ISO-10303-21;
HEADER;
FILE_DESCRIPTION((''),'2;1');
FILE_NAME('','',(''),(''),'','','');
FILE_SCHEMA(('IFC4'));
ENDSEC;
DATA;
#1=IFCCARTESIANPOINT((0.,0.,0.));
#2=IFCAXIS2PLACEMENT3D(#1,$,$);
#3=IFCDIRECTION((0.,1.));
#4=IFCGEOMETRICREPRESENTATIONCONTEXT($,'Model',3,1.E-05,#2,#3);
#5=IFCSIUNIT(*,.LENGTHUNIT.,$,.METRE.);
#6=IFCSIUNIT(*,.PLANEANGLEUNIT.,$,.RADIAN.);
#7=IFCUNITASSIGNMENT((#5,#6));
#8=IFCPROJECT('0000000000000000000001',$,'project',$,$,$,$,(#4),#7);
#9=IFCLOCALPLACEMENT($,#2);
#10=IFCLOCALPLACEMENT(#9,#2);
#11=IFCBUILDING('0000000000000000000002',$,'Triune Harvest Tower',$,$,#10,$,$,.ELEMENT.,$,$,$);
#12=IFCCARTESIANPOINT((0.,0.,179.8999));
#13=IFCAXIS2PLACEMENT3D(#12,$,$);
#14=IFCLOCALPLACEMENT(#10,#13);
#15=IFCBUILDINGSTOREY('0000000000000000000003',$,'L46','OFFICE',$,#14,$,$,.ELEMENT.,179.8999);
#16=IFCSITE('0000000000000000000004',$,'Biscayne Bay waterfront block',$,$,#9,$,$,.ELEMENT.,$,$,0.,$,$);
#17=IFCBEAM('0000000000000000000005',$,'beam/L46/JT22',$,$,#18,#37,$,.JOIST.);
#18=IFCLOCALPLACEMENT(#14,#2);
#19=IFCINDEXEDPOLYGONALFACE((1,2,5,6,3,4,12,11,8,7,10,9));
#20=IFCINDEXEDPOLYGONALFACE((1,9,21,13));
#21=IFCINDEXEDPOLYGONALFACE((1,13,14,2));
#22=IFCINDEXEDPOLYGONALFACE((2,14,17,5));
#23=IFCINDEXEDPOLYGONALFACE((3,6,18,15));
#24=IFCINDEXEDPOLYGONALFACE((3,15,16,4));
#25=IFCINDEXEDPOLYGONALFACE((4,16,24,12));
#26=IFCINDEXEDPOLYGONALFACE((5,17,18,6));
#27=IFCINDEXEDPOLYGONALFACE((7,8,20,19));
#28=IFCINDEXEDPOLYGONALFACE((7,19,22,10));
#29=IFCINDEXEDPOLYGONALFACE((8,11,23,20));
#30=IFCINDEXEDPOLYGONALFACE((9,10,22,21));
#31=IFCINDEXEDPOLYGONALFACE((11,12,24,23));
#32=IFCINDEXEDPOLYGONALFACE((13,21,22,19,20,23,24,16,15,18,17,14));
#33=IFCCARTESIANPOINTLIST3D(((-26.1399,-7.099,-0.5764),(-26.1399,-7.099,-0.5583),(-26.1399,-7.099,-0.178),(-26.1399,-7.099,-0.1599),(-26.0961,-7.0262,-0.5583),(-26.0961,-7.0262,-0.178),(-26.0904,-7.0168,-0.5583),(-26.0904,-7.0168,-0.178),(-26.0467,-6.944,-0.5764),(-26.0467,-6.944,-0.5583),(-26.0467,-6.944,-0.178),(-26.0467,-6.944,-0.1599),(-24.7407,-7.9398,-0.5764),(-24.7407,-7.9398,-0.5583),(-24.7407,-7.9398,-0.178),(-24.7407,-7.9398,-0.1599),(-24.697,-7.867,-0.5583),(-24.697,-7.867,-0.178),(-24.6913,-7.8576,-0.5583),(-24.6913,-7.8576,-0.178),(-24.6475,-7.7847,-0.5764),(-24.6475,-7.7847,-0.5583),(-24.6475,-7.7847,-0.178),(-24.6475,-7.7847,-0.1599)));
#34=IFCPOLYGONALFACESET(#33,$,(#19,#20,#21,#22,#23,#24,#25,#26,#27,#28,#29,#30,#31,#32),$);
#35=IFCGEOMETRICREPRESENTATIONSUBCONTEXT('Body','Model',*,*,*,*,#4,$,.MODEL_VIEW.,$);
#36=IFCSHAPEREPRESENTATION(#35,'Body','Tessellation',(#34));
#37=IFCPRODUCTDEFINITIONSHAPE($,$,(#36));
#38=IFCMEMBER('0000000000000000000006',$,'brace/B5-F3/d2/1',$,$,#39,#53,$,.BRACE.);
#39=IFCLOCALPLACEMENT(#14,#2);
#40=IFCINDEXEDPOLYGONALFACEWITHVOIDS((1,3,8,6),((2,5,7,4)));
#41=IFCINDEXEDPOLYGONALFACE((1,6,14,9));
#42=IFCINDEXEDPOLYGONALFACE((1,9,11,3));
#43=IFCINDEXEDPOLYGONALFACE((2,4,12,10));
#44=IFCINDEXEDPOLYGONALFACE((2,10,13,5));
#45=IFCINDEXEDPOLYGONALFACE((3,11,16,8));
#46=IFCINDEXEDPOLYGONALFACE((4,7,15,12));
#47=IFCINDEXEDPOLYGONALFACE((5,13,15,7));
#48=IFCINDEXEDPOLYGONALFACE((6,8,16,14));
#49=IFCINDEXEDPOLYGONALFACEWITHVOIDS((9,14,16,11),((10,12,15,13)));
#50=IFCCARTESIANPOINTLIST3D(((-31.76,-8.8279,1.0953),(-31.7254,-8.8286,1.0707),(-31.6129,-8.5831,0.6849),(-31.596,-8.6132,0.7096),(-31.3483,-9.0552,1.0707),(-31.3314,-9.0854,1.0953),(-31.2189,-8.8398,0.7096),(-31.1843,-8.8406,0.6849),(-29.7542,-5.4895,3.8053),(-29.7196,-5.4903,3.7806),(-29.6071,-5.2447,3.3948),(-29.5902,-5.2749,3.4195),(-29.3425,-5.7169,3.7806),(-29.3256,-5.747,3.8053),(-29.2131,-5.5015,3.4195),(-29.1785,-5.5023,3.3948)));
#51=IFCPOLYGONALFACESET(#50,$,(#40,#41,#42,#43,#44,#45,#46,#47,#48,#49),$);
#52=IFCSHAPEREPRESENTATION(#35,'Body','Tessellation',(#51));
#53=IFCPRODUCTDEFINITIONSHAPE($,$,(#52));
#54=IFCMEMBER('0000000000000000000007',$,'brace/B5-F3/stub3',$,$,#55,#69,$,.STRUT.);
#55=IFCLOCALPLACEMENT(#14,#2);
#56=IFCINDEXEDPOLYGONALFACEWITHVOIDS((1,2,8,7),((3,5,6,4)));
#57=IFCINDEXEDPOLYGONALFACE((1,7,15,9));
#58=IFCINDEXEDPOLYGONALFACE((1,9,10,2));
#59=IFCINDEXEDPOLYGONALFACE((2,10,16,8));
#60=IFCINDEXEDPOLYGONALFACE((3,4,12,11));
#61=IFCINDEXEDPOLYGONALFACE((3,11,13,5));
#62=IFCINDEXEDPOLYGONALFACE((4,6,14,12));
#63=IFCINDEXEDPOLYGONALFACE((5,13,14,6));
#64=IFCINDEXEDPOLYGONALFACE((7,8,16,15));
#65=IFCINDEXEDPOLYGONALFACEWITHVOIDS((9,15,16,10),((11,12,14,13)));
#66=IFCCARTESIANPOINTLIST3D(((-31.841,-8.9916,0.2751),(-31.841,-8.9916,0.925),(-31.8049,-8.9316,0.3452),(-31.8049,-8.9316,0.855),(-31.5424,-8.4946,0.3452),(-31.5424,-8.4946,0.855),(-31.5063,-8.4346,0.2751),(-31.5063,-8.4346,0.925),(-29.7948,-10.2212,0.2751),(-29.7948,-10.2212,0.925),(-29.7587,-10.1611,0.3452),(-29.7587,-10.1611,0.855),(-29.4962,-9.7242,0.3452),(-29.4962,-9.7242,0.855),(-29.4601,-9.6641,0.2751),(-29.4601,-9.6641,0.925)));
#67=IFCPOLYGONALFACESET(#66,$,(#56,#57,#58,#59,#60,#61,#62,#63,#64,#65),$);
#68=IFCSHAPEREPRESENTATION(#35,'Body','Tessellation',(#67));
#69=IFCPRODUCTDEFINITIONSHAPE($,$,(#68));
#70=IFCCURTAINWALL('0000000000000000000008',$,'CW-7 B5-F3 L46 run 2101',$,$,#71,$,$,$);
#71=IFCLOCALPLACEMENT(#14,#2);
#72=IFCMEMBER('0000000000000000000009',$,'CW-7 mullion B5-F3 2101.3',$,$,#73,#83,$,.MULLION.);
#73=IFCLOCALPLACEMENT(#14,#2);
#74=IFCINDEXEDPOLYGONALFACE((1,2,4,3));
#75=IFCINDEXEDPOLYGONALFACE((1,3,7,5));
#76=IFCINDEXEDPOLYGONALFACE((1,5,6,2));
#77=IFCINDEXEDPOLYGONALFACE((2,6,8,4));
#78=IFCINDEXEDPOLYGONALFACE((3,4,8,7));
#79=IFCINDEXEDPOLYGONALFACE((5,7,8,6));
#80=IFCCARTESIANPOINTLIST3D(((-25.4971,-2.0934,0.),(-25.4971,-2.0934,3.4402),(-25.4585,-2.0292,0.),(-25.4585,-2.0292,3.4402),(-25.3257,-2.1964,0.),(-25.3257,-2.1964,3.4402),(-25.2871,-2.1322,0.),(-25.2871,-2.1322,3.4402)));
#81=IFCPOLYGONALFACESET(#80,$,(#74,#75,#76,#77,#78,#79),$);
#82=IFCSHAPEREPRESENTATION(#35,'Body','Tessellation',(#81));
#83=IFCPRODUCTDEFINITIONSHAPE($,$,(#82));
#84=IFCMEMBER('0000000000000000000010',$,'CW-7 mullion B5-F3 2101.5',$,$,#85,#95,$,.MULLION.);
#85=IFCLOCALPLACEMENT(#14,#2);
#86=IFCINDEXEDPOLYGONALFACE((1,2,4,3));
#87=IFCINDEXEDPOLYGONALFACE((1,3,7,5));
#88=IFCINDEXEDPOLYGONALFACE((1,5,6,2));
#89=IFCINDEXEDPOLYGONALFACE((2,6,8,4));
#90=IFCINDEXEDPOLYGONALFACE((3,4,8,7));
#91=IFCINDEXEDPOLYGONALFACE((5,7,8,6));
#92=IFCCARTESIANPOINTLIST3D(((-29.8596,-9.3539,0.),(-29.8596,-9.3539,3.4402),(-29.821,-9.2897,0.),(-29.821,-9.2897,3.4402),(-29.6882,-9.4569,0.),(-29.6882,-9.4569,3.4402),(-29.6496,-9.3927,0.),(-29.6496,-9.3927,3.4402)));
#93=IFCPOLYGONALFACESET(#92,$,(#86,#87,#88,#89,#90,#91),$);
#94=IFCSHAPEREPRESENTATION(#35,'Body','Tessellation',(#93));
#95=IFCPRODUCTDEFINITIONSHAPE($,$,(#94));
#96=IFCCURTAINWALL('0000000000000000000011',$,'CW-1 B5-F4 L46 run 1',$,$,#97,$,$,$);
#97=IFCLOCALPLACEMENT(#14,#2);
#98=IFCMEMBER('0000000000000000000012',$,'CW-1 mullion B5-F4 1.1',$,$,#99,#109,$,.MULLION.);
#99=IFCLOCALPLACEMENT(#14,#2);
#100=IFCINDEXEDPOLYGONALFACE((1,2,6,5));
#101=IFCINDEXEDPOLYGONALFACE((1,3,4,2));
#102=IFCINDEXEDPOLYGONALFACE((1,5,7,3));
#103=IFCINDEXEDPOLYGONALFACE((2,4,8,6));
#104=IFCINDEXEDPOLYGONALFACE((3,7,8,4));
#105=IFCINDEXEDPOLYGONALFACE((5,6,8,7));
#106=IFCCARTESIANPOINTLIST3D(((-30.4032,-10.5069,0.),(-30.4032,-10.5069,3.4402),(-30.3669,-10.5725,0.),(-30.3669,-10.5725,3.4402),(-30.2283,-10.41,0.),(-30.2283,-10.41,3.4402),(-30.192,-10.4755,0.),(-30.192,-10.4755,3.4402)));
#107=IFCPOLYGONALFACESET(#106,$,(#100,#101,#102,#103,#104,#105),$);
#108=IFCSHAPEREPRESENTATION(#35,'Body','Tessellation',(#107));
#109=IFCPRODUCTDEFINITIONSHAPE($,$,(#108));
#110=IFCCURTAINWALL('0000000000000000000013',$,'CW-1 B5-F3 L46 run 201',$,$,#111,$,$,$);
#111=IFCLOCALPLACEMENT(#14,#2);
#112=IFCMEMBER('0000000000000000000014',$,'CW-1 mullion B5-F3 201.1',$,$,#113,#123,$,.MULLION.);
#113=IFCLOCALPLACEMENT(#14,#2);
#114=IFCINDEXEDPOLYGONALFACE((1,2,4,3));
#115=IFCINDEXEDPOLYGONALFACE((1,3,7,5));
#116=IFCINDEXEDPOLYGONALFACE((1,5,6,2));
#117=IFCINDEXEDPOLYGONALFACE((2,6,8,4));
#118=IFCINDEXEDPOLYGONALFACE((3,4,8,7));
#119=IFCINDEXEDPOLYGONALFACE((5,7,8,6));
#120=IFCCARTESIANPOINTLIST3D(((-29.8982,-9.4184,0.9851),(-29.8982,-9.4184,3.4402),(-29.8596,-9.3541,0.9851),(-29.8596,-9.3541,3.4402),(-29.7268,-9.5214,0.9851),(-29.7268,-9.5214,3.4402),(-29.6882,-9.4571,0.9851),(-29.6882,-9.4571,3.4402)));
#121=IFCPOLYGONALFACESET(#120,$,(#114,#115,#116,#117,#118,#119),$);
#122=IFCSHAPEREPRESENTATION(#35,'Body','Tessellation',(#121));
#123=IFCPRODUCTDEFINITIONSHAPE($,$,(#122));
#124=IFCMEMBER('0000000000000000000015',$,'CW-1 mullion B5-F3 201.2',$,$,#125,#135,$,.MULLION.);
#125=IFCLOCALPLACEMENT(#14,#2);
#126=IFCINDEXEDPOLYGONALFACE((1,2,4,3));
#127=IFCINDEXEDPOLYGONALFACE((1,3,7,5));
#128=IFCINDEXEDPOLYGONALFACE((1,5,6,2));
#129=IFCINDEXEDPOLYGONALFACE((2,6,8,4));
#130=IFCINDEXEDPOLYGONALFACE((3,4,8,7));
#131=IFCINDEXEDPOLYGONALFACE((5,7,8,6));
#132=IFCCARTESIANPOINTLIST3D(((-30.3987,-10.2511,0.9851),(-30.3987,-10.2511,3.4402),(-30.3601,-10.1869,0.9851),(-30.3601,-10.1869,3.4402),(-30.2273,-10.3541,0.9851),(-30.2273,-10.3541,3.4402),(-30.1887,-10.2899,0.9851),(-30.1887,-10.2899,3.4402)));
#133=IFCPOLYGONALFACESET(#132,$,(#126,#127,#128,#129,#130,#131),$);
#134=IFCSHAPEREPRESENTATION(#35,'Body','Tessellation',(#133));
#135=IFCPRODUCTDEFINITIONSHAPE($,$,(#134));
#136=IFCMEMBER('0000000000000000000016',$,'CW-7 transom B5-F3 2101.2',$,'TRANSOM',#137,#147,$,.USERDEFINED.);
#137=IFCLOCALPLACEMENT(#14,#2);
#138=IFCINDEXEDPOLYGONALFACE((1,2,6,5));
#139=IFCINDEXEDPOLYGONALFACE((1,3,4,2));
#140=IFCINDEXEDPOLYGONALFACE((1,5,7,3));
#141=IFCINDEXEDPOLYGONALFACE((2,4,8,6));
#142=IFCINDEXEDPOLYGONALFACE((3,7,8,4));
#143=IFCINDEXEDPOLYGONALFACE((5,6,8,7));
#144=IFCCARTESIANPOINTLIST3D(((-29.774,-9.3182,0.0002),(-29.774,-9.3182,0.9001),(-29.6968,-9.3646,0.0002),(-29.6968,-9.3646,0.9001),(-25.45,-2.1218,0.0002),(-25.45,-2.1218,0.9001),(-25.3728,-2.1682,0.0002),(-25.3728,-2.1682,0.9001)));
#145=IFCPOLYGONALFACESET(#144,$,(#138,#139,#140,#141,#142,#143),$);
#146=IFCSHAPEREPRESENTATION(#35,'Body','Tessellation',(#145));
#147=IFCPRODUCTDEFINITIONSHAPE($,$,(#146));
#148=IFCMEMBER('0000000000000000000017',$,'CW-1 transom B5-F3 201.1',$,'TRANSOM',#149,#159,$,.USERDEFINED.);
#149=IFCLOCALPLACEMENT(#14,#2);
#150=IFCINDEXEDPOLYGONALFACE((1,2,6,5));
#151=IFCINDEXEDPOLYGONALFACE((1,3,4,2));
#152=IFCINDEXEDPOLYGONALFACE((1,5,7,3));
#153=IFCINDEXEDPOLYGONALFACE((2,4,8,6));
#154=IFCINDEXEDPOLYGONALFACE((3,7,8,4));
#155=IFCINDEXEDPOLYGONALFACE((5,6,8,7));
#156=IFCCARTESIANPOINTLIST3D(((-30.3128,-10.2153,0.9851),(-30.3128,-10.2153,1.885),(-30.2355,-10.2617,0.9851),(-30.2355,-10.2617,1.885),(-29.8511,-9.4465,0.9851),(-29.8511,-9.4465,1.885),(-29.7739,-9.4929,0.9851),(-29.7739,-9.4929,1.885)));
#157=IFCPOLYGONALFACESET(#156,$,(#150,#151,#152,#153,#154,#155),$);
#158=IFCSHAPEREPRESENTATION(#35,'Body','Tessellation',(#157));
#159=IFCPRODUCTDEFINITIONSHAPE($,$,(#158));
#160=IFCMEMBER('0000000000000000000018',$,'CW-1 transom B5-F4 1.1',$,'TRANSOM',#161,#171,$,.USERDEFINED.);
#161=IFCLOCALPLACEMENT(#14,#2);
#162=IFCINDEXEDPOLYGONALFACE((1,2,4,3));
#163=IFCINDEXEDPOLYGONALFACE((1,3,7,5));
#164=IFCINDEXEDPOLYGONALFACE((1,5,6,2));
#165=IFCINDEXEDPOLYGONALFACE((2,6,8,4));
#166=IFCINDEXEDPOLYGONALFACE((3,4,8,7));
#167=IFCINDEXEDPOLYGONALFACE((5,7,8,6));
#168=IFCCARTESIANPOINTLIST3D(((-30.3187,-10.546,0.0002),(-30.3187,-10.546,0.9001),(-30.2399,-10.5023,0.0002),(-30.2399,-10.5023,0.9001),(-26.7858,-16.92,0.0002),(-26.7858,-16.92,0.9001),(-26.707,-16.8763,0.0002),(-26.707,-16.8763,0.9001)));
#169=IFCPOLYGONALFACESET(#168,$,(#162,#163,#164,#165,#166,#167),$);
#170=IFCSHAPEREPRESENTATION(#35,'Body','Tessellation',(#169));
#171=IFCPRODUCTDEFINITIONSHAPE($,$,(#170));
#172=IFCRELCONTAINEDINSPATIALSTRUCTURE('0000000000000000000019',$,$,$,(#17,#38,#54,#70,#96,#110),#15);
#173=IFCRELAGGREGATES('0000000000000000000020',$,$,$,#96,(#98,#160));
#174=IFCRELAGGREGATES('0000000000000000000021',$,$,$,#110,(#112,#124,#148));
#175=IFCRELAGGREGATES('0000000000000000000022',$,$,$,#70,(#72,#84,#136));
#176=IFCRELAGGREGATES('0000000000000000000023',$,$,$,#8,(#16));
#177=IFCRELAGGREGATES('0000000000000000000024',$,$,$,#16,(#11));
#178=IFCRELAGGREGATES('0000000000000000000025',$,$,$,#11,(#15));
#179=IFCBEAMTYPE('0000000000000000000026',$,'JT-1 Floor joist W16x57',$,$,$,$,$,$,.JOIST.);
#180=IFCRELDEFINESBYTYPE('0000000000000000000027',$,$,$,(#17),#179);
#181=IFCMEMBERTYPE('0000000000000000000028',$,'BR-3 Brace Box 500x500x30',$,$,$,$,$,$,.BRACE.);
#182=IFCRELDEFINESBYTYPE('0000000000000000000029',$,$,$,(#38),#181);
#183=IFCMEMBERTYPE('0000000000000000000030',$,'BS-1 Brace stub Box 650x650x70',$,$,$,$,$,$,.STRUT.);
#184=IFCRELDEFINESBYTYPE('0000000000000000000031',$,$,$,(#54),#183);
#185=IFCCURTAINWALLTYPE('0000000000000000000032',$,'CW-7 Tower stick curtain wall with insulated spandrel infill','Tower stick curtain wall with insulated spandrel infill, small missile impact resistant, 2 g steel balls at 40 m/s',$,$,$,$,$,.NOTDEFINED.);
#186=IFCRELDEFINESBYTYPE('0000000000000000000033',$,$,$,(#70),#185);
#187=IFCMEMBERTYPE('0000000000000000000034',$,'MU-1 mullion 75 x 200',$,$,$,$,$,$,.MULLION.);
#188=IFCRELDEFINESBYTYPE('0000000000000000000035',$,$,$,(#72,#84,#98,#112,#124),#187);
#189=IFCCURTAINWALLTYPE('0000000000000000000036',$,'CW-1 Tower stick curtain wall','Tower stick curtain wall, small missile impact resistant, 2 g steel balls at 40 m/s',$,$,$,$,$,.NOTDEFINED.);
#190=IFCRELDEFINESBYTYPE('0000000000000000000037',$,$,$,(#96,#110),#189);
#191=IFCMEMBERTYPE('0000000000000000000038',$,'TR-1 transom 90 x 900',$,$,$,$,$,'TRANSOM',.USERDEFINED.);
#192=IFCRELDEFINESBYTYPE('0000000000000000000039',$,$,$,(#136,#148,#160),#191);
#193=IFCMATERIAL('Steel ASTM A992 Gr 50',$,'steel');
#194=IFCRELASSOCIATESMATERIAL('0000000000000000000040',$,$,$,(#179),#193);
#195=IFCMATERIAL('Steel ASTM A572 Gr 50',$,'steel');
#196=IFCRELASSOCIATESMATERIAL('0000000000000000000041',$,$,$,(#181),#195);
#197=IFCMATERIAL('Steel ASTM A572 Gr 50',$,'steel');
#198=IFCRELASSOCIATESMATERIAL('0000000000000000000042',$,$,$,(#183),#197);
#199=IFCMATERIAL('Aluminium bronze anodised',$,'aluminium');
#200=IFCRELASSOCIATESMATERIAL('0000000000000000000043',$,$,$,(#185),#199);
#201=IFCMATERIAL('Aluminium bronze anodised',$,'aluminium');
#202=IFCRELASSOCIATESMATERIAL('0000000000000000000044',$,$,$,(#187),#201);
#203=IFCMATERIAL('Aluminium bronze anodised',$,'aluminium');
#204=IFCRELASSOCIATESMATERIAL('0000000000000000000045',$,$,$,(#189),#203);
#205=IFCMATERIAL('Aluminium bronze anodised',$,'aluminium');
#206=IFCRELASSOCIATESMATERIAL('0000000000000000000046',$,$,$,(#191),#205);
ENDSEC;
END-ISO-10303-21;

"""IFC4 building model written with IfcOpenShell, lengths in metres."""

from ifc_helpers import new_model, si_unit, direction, frame, origin, origin_2d, place, context, subcontext, project, spatial, rectangle, hollow_rectangle, i_section, extrude, source, transform, mapped, material, material_profile, profile_set, type_object, element, aggregate, save


model = new_model("IFC4")

# Units and contexts
model_context = context("Model", 3, precision=1e-05, world=origin(), true_north=direction((0.0, 1.0)))
body_context = subcontext(model_context, "Body", "Model", "MODEL_VIEW")
ifc_project = project(units=[si_unit("LENGTHUNIT", "METRE"), si_unit("PLANEANGLEUNIT", "RADIAN")], contexts=[model_context])

# Site, building, storey
site_placement = place(None, origin())
site = spatial("IfcSite", under=ifc_project, at=site_placement, Name="Biscayne Bay waterfront block", CompositionType="ELEMENT", RefElevation=0.0)
building_placement = place(site_placement, origin())
building = spatial("IfcBuilding", under=site, at=building_placement, Name="Triune Harvest Tower", CompositionType="ELEMENT")
storey_placement = place(building_placement, frame((0.0, 0.0, 179.8999)))
storey = spatial("IfcBuildingStorey", under=building, at=storey_placement, Name="L46", Description="OFFICE", CompositionType="ELEMENT", Elevation=179.8999)

# Beam
ifc_material_1 = material(Name="Steel ASTM A992 Gr 50", Category="steel")
ifc_material_profile_1 = material_profile(ifc_material_1, i_section(OverallWidth=0.1809, OverallDepth=0.4165, WebThickness=0.011, FlangeThickness=0.0181, at=origin_2d()), Name="W16x57")
ifc_profile_set_1 = profile_set([ifc_material_profile_1], Name="Steel ASTM A992 Gr 50")
beam_type_1 = type_object("IfcBeamType", Name="JT-1 Floor joist W16x57", PredefinedType="JOIST", material=ifc_profile_set_1)
shared_shape_1 = source(origin(), body_context, "Body", "SweptSolid", [
    extrude(i_section(OverallWidth=0.1809, OverallDepth=0.4165, WebThickness=0.011, FlangeThickness=0.0181, at=origin_2d()), origin(), (0.0, 0.0, 1.0), 1.6323),
])
beam_1_placement = place(storey_placement, frame((-26.0933, -7.0215, -0.3682), z_axis=(0.857136, -0.515089, 0.0), x_axis=(0.515089, 0.857136, 0.0)))
element("IfcBeam", 1, at=beam_1_placement, inside=storey, type_object=beam_type_1, Name="beam/L46/JT22", PredefinedType="JOIST", context=body_context, shape_type="MappedRepresentation", body=[
    mapped(shared_shape_1, transform((0.0, 0.0, 0.0), scale=1.0)),
])

# Members
ifc_material_2 = material(Name="Steel ASTM A572 Gr 50", Category="steel")
ifc_material_profile_2 = material_profile(ifc_material_2, hollow_rectangle(XDim=0.5, YDim=0.5, WallThickness=0.03, at=origin_2d()), Name="Box 500x500x30")
ifc_profile_set_2 = profile_set([ifc_material_profile_2], Name="Steel ASTM A572 Gr 50")
member_type_1 = type_object("IfcMemberType", Name="BR-3 Brace Box 500x500x30", PredefinedType="BRACE", material=ifc_profile_set_2)
shared_shape_2 = source(origin(), body_context, "Body", "SweptSolid", [
    extrude(hollow_rectangle(XDim=0.5, YDim=0.5, WallThickness=0.03, at=origin_2d()), origin(), (0.0, 0.0, 1.0), 4.7446),
])
member_1_placement = place(storey_placement, frame((-31.4722, -8.8342, 0.8901), z_axis=(0.422758, 0.703602, 0.571156), x_axis=(-0.857172, 0.51503, 0.0)))
element("IfcMember", 2, at=member_1_placement, inside=storey, type_object=member_type_1, Name="brace/B5-F3/d2/1", PredefinedType="BRACE", context=body_context, shape_type="MappedRepresentation", body=[
    mapped(shared_shape_2, transform((0.0, 0.0, 0.0), scale=1.0)),
])
ifc_material_3 = material(Name="Steel ASTM A572 Gr 50", Category="steel")
ifc_material_profile_3 = material_profile(ifc_material_3, hollow_rectangle(XDim=0.6499, YDim=0.6499, WallThickness=0.0701, at=origin_2d()), Name="Box 650x650x70")
ifc_profile_set_3 = profile_set([ifc_material_profile_3], Name="Steel ASTM A572 Gr 50")
member_type_2 = type_object("IfcMemberType", Name="BS-1 Brace stub Box 650x650x70", PredefinedType="STRUT", material=ifc_profile_set_3)
shared_shape_3 = source(origin(), body_context, "Body", "SweptSolid", [
    extrude(hollow_rectangle(XDim=0.6499, YDim=0.6499, WallThickness=0.0701, at=origin_2d()), origin(), (0.0, 0.0, 1.0), 2.3872),
])
member_2_placement = place(storey_placement, frame((-29.6274, -9.9426, 0.6001), z_axis=(-0.857159, 0.515052, 0.0), x_axis=(-0.515052, -0.857159, 0.0)))
element("IfcMember", 3, at=member_2_placement, inside=storey, type_object=member_type_2, Name="brace/B5-F3/stub3", PredefinedType="STRUT", context=body_context, shape_type="MappedRepresentation", body=[
    mapped(shared_shape_3, transform((0.0, 0.0, 0.0), scale=1.0)),
])

# Curtain wall, members
ifc_material_4 = material(Name="Aluminium bronze anodised", Category="aluminium")
curtain_wall_type_1 = type_object("IfcCurtainWallType", Name="CW-7 Tower stick curtain wall with insulated spandrel infill", Description="Tower stick curtain wall with insulated spandrel infill, small missile impact resistant, 2 g steel balls at 40 m/s", PredefinedType="NOTDEFINED", material=ifc_material_4)
curtain_wall_1_placement = place(storey_placement, origin())
curtain_wall_1 = element("IfcCurtainWall", 4, at=curtain_wall_1_placement, inside=storey, type_object=curtain_wall_type_1, Name="CW-7 B5-F3 L46 run 2101")
ifc_material_5 = material(Name="Aluminium bronze anodised", Category="aluminium")
ifc_material_profile_4 = material_profile(ifc_material_5, rectangle(XDim=0.2, YDim=0.075, at=origin_2d()), Name="MU-1 mullion 75 x 200")
ifc_profile_set_4 = profile_set([ifc_material_profile_4], Name="Aluminium bronze anodised")
member_type_3 = type_object("IfcMemberType", Name="MU-1 mullion 75 x 200", PredefinedType="MULLION", material=ifc_profile_set_4)
shared_shape_4 = source(origin(), body_context, "Body", "SweptSolid", [
    extrude(rectangle(XDim=0.2, YDim=0.075, at=origin_2d()), origin(), (0.0, 0.0, 1.0), 3.4402),
])
member_3_placement = place(storey_placement, frame((-25.3921, -2.1128, 0.0), z_axis=(0.0, 0.0, 1.0), x_axis=(0.85717, -0.515034, 0.0)))
member_3 = element("IfcMember", 5, at=member_3_placement, type_object=member_type_3, Name="CW-7 mullion B5-F3 2101.3", PredefinedType="MULLION", context=body_context, shape_type="MappedRepresentation", body=[
    mapped(shared_shape_4, transform((0.0, 0.0, 0.0), scale=1.0)),
])
member_4_placement = place(storey_placement, frame((-29.7546, -9.3733, 0.0), z_axis=(0.0, 0.0, 1.0), x_axis=(0.85717, -0.515034, 0.0)))
member_4 = element("IfcMember", 6, at=member_4_placement, type_object=member_type_3, Name="CW-7 mullion B5-F3 2101.5", PredefinedType="MULLION", context=body_context, shape_type="MappedRepresentation", body=[
    mapped(shared_shape_4, transform((0.0, 0.0, 0.0), scale=1.0)),
])

# Curtain wall, member
ifc_material_6 = material(Name="Aluminium bronze anodised", Category="aluminium")
curtain_wall_type_2 = type_object("IfcCurtainWallType", Name="CW-1 Tower stick curtain wall", Description="Tower stick curtain wall, small missile impact resistant, 2 g steel balls at 40 m/s", PredefinedType="NOTDEFINED", material=ifc_material_6)
curtain_wall_2_placement = place(storey_placement, origin())
curtain_wall_2 = element("IfcCurtainWall", 7, at=curtain_wall_2_placement, inside=storey, type_object=curtain_wall_type_2, Name="CW-1 B5-F4 L46 run 1")
member_5_placement = place(storey_placement, frame((-30.2976, -10.4912, 0.0), z_axis=(0.0, 0.0, 1.0), x_axis=(0.874624, 0.484802, 0.0)))
member_5 = element("IfcMember", 8, at=member_5_placement, type_object=member_type_3, Name="CW-1 mullion B5-F4 1.1", PredefinedType="MULLION", context=body_context, shape_type="MappedRepresentation", body=[
    mapped(shared_shape_4, transform((0.0, 0.0, 0.0), scale=1.0)),
])

# Curtain wall, members
curtain_wall_3_placement = place(storey_placement, origin())
curtain_wall_3 = element("IfcCurtainWall", 9, at=curtain_wall_3_placement, inside=storey, type_object=curtain_wall_type_2, Name="CW-1 B5-F3 L46 run 201")
shared_shape_5 = source(origin(), body_context, "Body", "SweptSolid", [
    extrude(rectangle(XDim=0.2, YDim=0.075, at=origin_2d()), origin(), (0.0, 0.0, 1.0), 2.4551),
])
member_6_placement = place(storey_placement, frame((-29.7932, -9.4377, 0.9851), z_axis=(0.0, 0.0, 1.0), x_axis=(0.857206, -0.514973, 0.0)))
member_6 = element("IfcMember", 10, at=member_6_placement, type_object=member_type_3, Name="CW-1 mullion B5-F3 201.1", PredefinedType="MULLION", context=body_context, shape_type="MappedRepresentation", body=[
    mapped(shared_shape_5, transform((0.0, 0.0, 0.0), scale=1.0)),
])
member_7_placement = place(storey_placement, frame((-30.2937, -10.2705, 0.9851), z_axis=(0.0, 0.0, 1.0), x_axis=(0.857206, -0.514973, 0.0)))
member_7 = element("IfcMember", 11, at=member_7_placement, type_object=member_type_3, Name="CW-1 mullion B5-F3 201.2", PredefinedType="MULLION", context=body_context, shape_type="MappedRepresentation", body=[
    mapped(shared_shape_5, transform((0.0, 0.0, 0.0), scale=1.0)),
])

# Members
ifc_material_7 = material(Name="Aluminium bronze anodised", Category="aluminium")
ifc_material_profile_5 = material_profile(ifc_material_7, rectangle(XDim=0.0901, YDim=0.8999, at=origin_2d()), Name="TR-1 transom 90 x 900")
ifc_profile_set_5 = profile_set([ifc_material_profile_5], Name="Aluminium bronze anodised")
member_type_4 = type_object("IfcMemberType", Name="TR-1 transom 90 x 900", ElementType="TRANSOM", PredefinedType="USERDEFINED", material=ifc_profile_set_5)
shared_shape_6 = source(origin(), body_context, "Body", "SweptSolid", [
    extrude(rectangle(XDim=0.0901, YDim=0.8999, at=origin_2d()), origin(), (0.0, 0.0, 1.0), 8.3955),
])
member_8_placement = place(storey_placement, frame((-25.4114, -2.145, 0.4502), z_axis=(-0.515039, -0.857167, 0.0), x_axis=(0.857167, -0.515039, 0.0)))
member_8 = element("IfcMember", 12, at=member_8_placement, type_object=member_type_4, Name="CW-7 transom B5-F3 2101.2", ObjectType="TRANSOM", PredefinedType="USERDEFINED", context=body_context, shape_type="MappedRepresentation", body=[
    mapped(shared_shape_6, transform((0.0, 0.0, 0.0), scale=1.0)),
])
shared_shape_7 = source(origin(), body_context, "Body", "SweptSolid", [
    extrude(rectangle(XDim=0.0901, YDim=0.8999, at=origin_2d()), origin(), (0.0, 0.0, 1.0), 0.8967),
])
member_9_placement = place(storey_placement, frame((-29.8125, -9.4697, 1.4351), z_axis=(-0.514816, -0.857301, 0.0), x_axis=(0.857301, -0.514816, 0.0)))
member_9 = element("IfcMember", 13, at=member_9_placement, type_object=member_type_4, Name="CW-1 transom B5-F3 201.1", ObjectType="TRANSOM", PredefinedType="USERDEFINED", context=body_context, shape_type="MappedRepresentation", body=[
    mapped(shared_shape_7, transform((0.0, 0.0, 0.0), scale=1.0)),
])
shared_shape_8 = source(origin(), body_context, "Body", "SweptSolid", [
    extrude(rectangle(XDim=0.0901, YDim=0.8999, at=origin_2d()), origin(), (0.0, 0.0, 1.0), 7.2876),
])
member_10_placement = place(storey_placement, frame((-30.2793, -10.5242, 0.4502), z_axis=(0.484787, -0.874633, 0.0), x_axis=(0.874633, 0.484787, 0.0)))
member_10 = element("IfcMember", 14, at=member_10_placement, type_object=member_type_4, Name="CW-1 transom B5-F4 1.1", ObjectType="TRANSOM", PredefinedType="USERDEFINED", context=body_context, shape_type="MappedRepresentation", body=[
    mapped(shared_shape_8, transform((0.0, 0.0, 0.0), scale=1.0)),
])
aggregate(curtain_wall_2, [member_5, member_10])

aggregate(curtain_wall_3, [member_6, member_7, member_9])
aggregate(curtain_wall_1, [member_3, member_4, member_8])

save(model, "model.ifc")
